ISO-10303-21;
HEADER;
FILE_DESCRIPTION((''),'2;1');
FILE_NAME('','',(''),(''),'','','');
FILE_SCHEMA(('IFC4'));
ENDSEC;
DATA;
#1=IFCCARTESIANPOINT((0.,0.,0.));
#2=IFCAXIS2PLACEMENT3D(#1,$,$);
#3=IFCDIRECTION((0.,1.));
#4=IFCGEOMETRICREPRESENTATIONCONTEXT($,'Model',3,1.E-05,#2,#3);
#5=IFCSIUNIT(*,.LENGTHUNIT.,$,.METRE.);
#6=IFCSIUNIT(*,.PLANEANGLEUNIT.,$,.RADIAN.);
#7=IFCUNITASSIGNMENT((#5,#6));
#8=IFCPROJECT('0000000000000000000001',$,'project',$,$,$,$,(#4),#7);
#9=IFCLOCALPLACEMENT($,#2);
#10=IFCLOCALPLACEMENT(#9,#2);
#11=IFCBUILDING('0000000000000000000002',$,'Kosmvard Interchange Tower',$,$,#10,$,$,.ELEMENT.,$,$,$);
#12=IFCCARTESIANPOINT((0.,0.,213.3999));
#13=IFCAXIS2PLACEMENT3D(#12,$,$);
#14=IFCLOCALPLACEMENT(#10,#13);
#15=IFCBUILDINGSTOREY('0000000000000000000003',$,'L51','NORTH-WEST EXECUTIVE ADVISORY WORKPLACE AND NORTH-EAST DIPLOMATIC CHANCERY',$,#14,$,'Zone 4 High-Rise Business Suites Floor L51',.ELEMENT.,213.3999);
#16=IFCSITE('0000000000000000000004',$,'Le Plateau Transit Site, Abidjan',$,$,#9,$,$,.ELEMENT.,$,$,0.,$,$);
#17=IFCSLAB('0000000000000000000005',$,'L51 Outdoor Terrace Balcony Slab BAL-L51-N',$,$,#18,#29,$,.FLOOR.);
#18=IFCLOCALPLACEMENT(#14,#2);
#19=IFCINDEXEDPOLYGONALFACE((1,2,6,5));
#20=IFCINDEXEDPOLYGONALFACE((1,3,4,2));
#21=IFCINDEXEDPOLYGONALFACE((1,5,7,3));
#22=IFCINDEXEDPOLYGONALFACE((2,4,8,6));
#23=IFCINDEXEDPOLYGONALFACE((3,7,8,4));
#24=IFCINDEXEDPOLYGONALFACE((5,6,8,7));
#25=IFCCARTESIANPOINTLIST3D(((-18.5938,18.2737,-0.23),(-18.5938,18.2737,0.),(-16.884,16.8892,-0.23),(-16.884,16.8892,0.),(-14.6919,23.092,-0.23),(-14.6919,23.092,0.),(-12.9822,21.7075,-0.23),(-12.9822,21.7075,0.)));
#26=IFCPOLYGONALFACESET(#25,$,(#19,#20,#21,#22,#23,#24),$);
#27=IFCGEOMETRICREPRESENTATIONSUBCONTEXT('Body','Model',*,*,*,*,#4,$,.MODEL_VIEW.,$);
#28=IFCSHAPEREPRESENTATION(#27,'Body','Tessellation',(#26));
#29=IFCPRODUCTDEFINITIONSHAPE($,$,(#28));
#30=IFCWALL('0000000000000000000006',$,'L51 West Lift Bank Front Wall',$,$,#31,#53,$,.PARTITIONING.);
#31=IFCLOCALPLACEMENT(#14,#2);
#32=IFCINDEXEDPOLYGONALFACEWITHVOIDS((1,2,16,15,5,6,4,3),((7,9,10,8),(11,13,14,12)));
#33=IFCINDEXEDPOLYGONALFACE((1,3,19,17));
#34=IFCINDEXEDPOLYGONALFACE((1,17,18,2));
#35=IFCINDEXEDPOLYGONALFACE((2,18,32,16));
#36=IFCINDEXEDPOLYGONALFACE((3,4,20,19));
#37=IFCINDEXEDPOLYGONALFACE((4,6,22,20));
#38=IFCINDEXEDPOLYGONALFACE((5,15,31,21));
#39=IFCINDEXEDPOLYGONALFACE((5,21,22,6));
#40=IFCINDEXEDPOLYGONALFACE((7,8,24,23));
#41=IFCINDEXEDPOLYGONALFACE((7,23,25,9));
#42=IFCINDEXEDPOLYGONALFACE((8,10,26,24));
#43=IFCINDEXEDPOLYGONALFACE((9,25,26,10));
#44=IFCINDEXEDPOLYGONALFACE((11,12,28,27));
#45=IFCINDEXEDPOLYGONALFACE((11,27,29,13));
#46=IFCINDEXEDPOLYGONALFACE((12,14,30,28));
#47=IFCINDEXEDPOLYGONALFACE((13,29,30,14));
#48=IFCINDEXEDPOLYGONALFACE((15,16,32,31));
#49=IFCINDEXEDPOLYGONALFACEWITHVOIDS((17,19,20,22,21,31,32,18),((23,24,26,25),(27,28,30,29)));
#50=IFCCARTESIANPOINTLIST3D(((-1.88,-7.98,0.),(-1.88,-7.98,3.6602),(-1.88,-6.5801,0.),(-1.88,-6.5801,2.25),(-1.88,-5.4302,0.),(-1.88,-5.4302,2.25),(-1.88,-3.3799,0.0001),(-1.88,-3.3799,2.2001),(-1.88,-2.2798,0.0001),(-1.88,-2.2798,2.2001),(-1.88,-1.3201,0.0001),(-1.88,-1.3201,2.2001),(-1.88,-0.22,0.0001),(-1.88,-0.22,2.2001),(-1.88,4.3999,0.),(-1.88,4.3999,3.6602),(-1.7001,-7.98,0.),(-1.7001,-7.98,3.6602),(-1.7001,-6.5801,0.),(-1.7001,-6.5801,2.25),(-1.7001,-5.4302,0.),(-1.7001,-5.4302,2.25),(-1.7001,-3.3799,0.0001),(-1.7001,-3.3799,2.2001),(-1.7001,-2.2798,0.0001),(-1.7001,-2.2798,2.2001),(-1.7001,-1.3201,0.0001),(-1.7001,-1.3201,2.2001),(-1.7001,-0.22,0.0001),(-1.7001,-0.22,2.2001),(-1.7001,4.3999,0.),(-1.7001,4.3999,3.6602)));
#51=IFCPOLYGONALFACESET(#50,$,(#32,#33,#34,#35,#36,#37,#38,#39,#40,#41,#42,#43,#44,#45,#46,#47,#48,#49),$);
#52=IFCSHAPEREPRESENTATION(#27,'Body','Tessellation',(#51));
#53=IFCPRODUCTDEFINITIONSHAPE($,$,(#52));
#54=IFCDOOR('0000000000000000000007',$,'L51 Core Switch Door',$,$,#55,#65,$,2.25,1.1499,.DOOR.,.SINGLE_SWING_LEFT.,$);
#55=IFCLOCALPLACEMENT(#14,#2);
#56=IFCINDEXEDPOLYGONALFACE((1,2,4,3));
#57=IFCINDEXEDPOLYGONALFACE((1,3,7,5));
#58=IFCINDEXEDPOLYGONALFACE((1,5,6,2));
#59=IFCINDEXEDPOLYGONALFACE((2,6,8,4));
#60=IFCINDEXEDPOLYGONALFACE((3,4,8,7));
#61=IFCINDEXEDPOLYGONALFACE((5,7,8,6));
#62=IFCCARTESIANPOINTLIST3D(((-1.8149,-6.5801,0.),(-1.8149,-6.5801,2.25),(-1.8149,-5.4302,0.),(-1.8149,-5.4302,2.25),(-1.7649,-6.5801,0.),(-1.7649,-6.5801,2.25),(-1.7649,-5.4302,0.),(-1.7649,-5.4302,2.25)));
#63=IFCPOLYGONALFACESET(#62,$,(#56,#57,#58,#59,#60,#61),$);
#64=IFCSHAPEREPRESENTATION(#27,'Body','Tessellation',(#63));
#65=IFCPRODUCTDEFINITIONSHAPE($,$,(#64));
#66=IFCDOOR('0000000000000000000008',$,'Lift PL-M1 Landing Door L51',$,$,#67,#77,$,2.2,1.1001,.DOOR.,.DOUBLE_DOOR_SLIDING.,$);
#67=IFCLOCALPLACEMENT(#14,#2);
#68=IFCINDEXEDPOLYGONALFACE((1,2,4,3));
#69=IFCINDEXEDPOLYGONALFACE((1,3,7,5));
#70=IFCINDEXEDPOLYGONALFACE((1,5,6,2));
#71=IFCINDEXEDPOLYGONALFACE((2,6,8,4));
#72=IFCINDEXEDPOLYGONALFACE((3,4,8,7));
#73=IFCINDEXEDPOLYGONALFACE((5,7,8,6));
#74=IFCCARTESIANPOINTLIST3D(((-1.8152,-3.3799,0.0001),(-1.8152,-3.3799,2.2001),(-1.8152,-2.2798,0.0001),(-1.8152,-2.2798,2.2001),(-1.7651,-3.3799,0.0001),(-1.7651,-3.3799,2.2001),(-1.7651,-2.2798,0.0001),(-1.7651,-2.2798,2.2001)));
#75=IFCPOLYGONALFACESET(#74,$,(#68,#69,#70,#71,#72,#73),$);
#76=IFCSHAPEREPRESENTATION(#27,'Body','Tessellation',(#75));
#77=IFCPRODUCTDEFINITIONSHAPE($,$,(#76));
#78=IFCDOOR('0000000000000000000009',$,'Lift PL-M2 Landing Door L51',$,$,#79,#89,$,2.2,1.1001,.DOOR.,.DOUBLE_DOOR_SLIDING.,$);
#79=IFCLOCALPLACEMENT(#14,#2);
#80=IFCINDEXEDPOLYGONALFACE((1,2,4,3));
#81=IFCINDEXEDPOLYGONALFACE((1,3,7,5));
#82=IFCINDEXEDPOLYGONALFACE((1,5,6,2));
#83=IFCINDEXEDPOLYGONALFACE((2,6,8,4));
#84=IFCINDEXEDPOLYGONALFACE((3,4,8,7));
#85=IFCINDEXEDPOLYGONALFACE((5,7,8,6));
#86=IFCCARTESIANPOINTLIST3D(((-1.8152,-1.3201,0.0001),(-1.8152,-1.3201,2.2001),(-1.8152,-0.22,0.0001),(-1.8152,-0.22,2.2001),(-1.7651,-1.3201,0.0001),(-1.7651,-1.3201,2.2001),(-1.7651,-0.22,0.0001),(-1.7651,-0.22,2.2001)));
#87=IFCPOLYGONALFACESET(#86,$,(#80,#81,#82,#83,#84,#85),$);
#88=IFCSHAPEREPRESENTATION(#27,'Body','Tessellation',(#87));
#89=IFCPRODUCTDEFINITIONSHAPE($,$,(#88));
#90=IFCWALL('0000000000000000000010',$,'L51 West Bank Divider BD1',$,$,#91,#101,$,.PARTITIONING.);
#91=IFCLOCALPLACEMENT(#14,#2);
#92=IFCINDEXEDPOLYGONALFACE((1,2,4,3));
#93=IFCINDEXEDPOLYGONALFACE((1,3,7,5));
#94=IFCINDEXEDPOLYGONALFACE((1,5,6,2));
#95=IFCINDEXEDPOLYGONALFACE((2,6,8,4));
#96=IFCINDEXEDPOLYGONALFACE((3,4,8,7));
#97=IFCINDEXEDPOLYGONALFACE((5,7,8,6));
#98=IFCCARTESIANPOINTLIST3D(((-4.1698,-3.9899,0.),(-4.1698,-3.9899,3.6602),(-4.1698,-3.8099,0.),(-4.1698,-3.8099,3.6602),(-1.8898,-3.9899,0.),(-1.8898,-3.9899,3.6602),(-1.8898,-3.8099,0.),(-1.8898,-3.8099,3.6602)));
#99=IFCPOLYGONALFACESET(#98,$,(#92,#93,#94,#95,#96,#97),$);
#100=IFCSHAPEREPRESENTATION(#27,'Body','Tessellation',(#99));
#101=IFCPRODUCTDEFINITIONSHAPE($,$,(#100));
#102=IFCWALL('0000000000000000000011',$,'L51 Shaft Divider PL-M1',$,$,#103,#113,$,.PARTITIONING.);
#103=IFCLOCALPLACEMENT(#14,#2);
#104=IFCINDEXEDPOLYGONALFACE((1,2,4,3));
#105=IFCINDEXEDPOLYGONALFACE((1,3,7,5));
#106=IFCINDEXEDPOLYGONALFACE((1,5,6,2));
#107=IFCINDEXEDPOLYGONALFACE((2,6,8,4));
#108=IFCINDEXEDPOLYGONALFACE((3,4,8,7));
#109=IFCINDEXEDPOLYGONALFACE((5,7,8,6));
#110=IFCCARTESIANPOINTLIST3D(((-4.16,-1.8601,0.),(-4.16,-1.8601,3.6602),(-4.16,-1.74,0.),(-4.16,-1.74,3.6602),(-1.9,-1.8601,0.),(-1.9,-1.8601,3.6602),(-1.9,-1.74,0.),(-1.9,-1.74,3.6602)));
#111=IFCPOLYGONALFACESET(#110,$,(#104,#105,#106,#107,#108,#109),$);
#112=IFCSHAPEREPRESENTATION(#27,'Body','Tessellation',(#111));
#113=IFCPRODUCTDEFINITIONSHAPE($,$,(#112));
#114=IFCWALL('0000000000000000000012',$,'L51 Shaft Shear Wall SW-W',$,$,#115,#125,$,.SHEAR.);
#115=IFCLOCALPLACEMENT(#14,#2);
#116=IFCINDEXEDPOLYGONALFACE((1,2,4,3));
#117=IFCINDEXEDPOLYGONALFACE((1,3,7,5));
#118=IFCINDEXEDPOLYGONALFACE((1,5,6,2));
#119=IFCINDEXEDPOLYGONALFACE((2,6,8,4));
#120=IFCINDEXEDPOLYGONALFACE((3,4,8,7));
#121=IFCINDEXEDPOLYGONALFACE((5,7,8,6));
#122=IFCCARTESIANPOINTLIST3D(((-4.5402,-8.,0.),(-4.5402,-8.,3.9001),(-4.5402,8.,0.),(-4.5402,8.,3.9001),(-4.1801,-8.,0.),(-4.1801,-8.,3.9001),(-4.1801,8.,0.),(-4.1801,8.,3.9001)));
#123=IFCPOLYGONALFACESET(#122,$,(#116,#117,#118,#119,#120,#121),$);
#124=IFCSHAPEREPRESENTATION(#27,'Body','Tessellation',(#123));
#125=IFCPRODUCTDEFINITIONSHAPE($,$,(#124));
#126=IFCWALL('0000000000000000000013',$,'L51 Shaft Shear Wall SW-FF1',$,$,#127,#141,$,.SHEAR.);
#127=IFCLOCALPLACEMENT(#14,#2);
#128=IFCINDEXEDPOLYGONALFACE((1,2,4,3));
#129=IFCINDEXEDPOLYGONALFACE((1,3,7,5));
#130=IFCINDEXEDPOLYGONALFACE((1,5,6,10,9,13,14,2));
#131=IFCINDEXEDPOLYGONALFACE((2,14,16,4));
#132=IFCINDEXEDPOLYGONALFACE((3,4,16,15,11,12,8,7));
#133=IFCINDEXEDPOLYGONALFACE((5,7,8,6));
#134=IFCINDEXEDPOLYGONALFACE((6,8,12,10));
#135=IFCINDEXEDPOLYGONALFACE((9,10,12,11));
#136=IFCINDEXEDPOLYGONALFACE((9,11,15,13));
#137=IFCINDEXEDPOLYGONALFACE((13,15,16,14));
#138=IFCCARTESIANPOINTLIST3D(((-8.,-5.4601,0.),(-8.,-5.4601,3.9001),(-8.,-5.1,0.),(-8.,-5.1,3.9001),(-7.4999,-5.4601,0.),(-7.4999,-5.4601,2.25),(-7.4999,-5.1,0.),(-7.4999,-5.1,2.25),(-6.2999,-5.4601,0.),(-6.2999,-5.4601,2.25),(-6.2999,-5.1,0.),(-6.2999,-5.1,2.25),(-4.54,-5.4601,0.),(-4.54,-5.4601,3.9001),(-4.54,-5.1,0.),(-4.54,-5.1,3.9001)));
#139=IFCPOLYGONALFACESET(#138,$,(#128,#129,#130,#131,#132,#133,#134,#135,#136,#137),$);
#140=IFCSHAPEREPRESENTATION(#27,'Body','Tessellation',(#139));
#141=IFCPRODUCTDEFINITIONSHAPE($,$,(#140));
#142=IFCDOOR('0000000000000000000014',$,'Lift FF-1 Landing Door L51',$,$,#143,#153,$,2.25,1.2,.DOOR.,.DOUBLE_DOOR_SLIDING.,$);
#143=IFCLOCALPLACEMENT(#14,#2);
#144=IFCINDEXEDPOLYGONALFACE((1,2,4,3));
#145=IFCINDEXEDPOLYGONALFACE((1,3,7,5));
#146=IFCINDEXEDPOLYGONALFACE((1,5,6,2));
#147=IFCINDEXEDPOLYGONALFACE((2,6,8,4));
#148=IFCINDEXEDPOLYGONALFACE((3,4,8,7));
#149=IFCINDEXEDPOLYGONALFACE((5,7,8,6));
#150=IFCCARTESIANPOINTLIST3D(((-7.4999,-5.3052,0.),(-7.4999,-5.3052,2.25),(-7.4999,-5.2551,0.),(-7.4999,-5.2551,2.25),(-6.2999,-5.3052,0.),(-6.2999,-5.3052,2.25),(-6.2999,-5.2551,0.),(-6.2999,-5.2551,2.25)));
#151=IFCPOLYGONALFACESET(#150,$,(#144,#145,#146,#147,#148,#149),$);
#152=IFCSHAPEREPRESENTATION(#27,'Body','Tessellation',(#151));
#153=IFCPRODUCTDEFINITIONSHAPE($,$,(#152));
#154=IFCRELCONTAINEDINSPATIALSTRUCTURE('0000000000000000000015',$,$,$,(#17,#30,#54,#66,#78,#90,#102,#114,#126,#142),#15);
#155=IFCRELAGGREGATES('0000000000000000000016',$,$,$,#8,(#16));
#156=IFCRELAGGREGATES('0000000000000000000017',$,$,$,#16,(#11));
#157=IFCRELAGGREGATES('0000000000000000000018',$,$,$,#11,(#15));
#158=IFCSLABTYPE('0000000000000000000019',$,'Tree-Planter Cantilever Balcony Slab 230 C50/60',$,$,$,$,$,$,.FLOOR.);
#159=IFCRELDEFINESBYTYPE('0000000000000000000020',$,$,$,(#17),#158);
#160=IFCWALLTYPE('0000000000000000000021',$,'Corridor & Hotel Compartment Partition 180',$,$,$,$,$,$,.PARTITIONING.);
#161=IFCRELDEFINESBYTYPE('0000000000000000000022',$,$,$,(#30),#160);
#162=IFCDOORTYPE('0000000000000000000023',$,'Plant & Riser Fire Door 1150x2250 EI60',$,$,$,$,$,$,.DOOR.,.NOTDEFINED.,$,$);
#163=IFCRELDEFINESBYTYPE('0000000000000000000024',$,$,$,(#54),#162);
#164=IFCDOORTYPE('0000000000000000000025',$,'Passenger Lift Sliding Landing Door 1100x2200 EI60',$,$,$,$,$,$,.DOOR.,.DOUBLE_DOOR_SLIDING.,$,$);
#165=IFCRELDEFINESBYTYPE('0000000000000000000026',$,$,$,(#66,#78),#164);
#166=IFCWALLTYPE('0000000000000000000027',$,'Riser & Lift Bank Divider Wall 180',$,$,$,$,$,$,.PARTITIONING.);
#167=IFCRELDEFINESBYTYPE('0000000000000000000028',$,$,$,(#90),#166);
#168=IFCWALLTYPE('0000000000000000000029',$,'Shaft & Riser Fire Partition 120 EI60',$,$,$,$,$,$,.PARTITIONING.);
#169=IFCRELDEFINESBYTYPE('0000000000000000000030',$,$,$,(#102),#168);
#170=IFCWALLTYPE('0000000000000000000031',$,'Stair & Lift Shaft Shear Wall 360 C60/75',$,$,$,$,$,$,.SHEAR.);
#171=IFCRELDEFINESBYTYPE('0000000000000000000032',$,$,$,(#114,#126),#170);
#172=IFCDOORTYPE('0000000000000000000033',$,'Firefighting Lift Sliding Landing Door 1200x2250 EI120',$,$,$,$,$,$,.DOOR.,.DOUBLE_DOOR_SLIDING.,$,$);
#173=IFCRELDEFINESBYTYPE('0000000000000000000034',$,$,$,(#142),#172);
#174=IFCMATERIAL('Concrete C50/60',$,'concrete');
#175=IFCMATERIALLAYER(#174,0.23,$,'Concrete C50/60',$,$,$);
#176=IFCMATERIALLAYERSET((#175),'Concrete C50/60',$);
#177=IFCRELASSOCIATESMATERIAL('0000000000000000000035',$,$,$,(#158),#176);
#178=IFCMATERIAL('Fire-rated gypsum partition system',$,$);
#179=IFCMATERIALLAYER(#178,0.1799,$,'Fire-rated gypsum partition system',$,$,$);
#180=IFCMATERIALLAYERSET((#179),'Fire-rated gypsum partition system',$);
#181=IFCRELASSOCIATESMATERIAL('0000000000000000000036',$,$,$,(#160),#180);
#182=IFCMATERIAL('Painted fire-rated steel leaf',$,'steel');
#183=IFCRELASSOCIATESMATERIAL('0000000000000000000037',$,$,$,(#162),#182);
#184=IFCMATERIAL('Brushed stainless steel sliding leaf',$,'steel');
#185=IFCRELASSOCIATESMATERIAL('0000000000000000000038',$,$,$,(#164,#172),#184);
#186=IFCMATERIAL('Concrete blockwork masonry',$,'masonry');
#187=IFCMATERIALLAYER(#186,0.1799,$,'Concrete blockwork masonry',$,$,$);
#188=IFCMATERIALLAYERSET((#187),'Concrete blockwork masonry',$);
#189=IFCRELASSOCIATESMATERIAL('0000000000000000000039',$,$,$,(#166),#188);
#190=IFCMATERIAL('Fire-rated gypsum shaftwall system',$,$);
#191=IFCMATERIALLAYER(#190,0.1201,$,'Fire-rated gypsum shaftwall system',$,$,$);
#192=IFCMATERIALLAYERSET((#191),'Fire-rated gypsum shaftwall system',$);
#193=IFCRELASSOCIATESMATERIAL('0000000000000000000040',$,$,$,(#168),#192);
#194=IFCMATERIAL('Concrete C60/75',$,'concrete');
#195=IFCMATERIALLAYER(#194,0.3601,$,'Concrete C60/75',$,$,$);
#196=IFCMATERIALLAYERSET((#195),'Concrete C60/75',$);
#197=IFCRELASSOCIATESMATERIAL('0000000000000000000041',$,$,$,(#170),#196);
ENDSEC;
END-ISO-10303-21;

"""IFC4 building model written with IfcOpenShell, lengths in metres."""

from ifc_helpers import new_model, si_unit, direction, frame, frame_2d, origin, place, context, subcontext, project, spatial, polyline, rectangle, outline, extrude, source, transform, mapped, material, layer, layer_set, type_object, element, fill, save


model = new_model("IFC4")

# Units and contexts
model_context = context("Model", 3, precision=1e-05, world=origin(), true_north=direction((0.0, 1.0)))
body_context = subcontext(model_context, "Body", "Model", "MODEL_VIEW")
ifc_project = project(units=[si_unit("LENGTHUNIT", "METRE"), si_unit("PLANEANGLEUNIT", "RADIAN")], contexts=[model_context])

# Site, building, storey
site_placement = place(None, origin())
site = spatial("IfcSite", under=ifc_project, at=site_placement, Name="Le Plateau Transit Site, Abidjan", CompositionType="ELEMENT", RefElevation=0.0)
building_placement = place(site_placement, origin())
building = spatial("IfcBuilding", under=site, at=building_placement, Name="Kosmvard Interchange Tower", CompositionType="ELEMENT")
storey_placement = place(building_placement, frame((0.0, 0.0, 213.3999)))
storey = spatial("IfcBuildingStorey", under=building, at=storey_placement, Name="L51", Description="NORTH-WEST EXECUTIVE ADVISORY WORKPLACE AND NORTH-EAST DIPLOMATIC CHANCERY", LongName="Zone 4 High-Rise Business Suites Floor L51", CompositionType="ELEMENT", Elevation=213.3999)

# Shared definitions
ifc_material_1 = material(Name="Concrete C60/75", Category="concrete")

# Slab
ifc_material_2 = material(Name="Concrete C50/60", Category="concrete")
ifc_layer_1 = layer(ifc_material_2, 0.23, Name="Concrete C50/60")
ifc_layer_set_1 = layer_set([ifc_layer_1], Name="Concrete C50/60")
slab_type_1 = type_object("IfcSlabType", Name="Tree-Planter Cantilever Balcony Slab 230 C50/60", PredefinedType="FLOOR", material=ifc_layer_set_1)
slab_1_placement = place(storey_placement, frame((0.0, 0.0, -0.23)))
element("IfcSlab", 1, at=slab_1_placement, inside=storey, type_object=slab_type_1, Name="L51 Outdoor Terrace Balcony Slab BAL-L51-N", PredefinedType="FLOOR", context=body_context, shape_type="SweptSolid", body=[
    extrude(outline(polyline([(-16.884, 16.8892), (-12.9822, 21.7075), (-14.6919, 23.092), (-18.5938, 18.2737), (-16.884, 16.8892)])), origin(), (0.0, 0.0, 1.0), 0.23),
])

# Wall, openings, doors
ifc_material_3 = material(Name="Fire-rated gypsum partition system")
ifc_layer_2 = layer(ifc_material_3, 0.1799, Name="Fire-rated gypsum partition system")
ifc_layer_set_2 = layer_set([ifc_layer_2], Name="Fire-rated gypsum partition system")
wall_type_1 = type_object("IfcWallType", Name="Corridor & Hotel Compartment Partition 180", PredefinedType="PARTITIONING", material=ifc_layer_set_2)
wall_1_placement = place(storey_placement, frame((-1.79, -7.98, 0.0), z_axis=(0.0, 0.0, 1.0), x_axis=(0.0, 1.0, 0.0)))
wall_1 = element("IfcWall", 2, at=wall_1_placement, inside=storey, type_object=wall_type_1, Name="L51 West Lift Bank Front Wall", PredefinedType="PARTITIONING", context=body_context, shape_type="SweptSolid", body=[
    extrude(rectangle(XDim=12.3799, YDim=0.1799, at=frame_2d((6.1899, 0.0))), origin(), (0.0, 0.0, 1.0), 3.6602),
])
opening_1_placement = place(wall_1_placement, frame((4.6001, 0.0, 0.0)))
opening_1 = element("IfcOpeningElement", 3, at=opening_1_placement, cuts=wall_1, PredefinedType="OPENING", context=body_context, shape_type="SweptSolid", body=[
    extrude(rectangle(XDim=1.1001, YDim=2.2, at=frame_2d((0.55, 1.1001))), frame((0.0, 0.1001, 0.0), z_axis=(0.0, -1.0, 0.0), x_axis=(1.0, 0.0, 0.0)), (0.0, 0.0, 1.0), 0.2),
])
opening_2_placement = place(wall_1_placement, frame((6.6599, 0.0, 0.0)))
opening_2 = element("IfcOpeningElement", 4, at=opening_2_placement, cuts=wall_1, PredefinedType="OPENING", context=body_context, shape_type="SweptSolid", body=[
    extrude(rectangle(XDim=1.1001, YDim=2.2, at=frame_2d((0.55, 1.1001))), frame((0.0, 0.1001, 0.0), z_axis=(0.0, -1.0, 0.0), x_axis=(1.0, 0.0, 0.0)), (0.0, 0.0, 1.0), 0.2),
])
opening_3_placement = place(wall_1_placement, frame((1.3999, 0.0, 0.0)))
opening_3 = element("IfcOpeningElement", 5, at=opening_3_placement, cuts=wall_1, PredefinedType="OPENING", context=body_context, shape_type="SweptSolid", body=[
    extrude(rectangle(XDim=1.1499, YDim=2.25, at=frame_2d((0.575, 1.125))), frame((0.0, 0.1001, 0.0), z_axis=(0.0, -1.0, 0.0), x_axis=(1.0, 0.0, 0.0)), (0.0, 0.0, 1.0), 0.2),
])
ifc_material_4 = material(Name="Painted fire-rated steel leaf", Category="steel")
door_type_1 = type_object("IfcDoorType", Name="Plant & Riser Fire Door 1150x2250 EI60", OperationType="NOTDEFINED", PredefinedType="DOOR", material=ifc_material_4)
shared_shape_1 = source(origin(), body_context, "Body", "SweptSolid", [
    extrude(rectangle(XDim=1.1499, YDim=2.25, at=frame_2d((0.575, 1.125))), frame((0.0, 0.0249, 0.0), z_axis=(0.0, -1.0, 0.0), x_axis=(1.0, 0.0, 0.0)), (0.0, 0.0, 1.0), 0.05),
])
door_1_placement = place(opening_3_placement, origin())
door_1 = element("IfcDoor", 6, at=door_1_placement, inside=storey, type_object=door_type_1, Name="L51 Core Switch Door", OperationType="SINGLE_SWING_LEFT", OverallHeight=2.25, OverallWidth=1.1499, PredefinedType="DOOR", context=body_context, shape_type="MappedRepresentation", body=[
    mapped(shared_shape_1, transform((0.0, 0.0, 0.0), scale=1.0)),
])
fill(opening_3, door_1)
ifc_material_5 = material(Name="Brushed stainless steel sliding leaf", Category="steel")
door_type_2 = type_object("IfcDoorType", Name="Passenger Lift Sliding Landing Door 1100x2200 EI60", OperationType="DOUBLE_DOOR_SLIDING", PredefinedType="DOOR", material=ifc_material_5)
shared_shape_2 = source(origin(), body_context, "Body", "SweptSolid", [
    extrude(rectangle(XDim=1.1001, YDim=2.2, at=frame_2d((0.55, 1.1001))), frame((0.0, 0.0249, 0.0), z_axis=(0.0, -1.0, 0.0), x_axis=(1.0, 0.0, 0.0)), (0.0, 0.0, 1.0), 0.05),
])
door_2_placement = place(opening_1_placement, frame((1.1001, 0.0, 0.0), z_axis=(0.0, 0.0, 1.0), x_axis=(-1.0, 0.0, 0.0)))
door_2 = element("IfcDoor", 7, at=door_2_placement, inside=storey, type_object=door_type_2, Name="Lift PL-M1 Landing Door L51", OperationType="DOUBLE_DOOR_SLIDING", OverallHeight=2.2, OverallWidth=1.1001, PredefinedType="DOOR", context=body_context, shape_type="MappedRepresentation", body=[
    mapped(shared_shape_2, transform((0.0, 0.0, 0.0), scale=1.0)),
])
fill(opening_1, door_2)
door_3_placement = place(opening_2_placement, frame((1.1001, 0.0, 0.0), z_axis=(0.0, 0.0, 1.0), x_axis=(-1.0, 0.0, 0.0)))
door_3 = element("IfcDoor", 8, at=door_3_placement, inside=storey, type_object=door_type_2, Name="Lift PL-M2 Landing Door L51", OperationType="DOUBLE_DOOR_SLIDING", OverallHeight=2.2, OverallWidth=1.1001, PredefinedType="DOOR", context=body_context, shape_type="MappedRepresentation", body=[
    mapped(shared_shape_2, transform((0.0, 0.0, 0.0), scale=1.0)),
])
fill(opening_2, door_3)

# Walls
ifc_material_6 = material(Name="Concrete blockwork masonry", Category="masonry")
ifc_layer_3 = layer(ifc_material_6, 0.1799, Name="Concrete blockwork masonry")
ifc_layer_set_3 = layer_set([ifc_layer_3], Name="Concrete blockwork masonry")
wall_type_2 = type_object("IfcWallType", Name="Riser & Lift Bank Divider Wall 180", PredefinedType="PARTITIONING", material=ifc_layer_set_3)
wall_2_placement = place(storey_placement, frame((-4.1699, -3.8999, 0.0), z_axis=(0.0, 0.0, 1.0), x_axis=(1.0, 0.0, 0.0)))
element("IfcWall", 9, at=wall_2_placement, inside=storey, type_object=wall_type_2, Name="L51 West Bank Divider BD1", PredefinedType="PARTITIONING", context=body_context, shape_type="SweptSolid", body=[
    extrude(rectangle(XDim=2.28, YDim=0.1799, at=frame_2d((1.1401, 0.0))), origin(), (0.0, 0.0, 1.0), 3.6602),
])
ifc_material_7 = material(Name="Fire-rated gypsum shaftwall system")
ifc_layer_4 = layer(ifc_material_7, 0.1201, Name="Fire-rated gypsum shaftwall system")
ifc_layer_set_4 = layer_set([ifc_layer_4], Name="Fire-rated gypsum shaftwall system")
wall_type_3 = type_object("IfcWallType", Name="Shaft & Riser Fire Partition 120 EI60", PredefinedType="PARTITIONING", material=ifc_layer_set_4)
wall_3_placement = place(storey_placement, frame((-4.1599, -1.8, 0.0), z_axis=(0.0, 0.0, 1.0), x_axis=(1.0, 0.0, 0.0)))
element("IfcWall", 10, at=wall_3_placement, inside=storey, type_object=wall_type_3, Name="L51 Shaft Divider PL-M1", PredefinedType="PARTITIONING", context=body_context, shape_type="SweptSolid", body=[
    extrude(rectangle(XDim=2.26, YDim=0.1201, at=frame_2d((1.1299, 0.0))), origin(), (0.0, 0.0, 1.0), 3.6602),
])
ifc_layer_5 = layer(ifc_material_1, 0.3601, Name="Concrete C60/75")
ifc_layer_set_5 = layer_set([ifc_layer_5], Name="Concrete C60/75")
wall_type_4 = type_object("IfcWallType", Name="Stair & Lift Shaft Shear Wall 360 C60/75", PredefinedType="SHEAR", material=ifc_layer_set_5)
wall_4_placement = place(storey_placement, frame((-4.3601, -8.0, 0.0), z_axis=(0.0, 0.0, 1.0), x_axis=(0.0, 1.0, 0.0)))
element("IfcWall", 11, at=wall_4_placement, inside=storey, type_object=wall_type_4, Name="L51 Shaft Shear Wall SW-W", PredefinedType="SHEAR", context=body_context, shape_type="SweptSolid", body=[
    extrude(rectangle(XDim=16.0, YDim=0.3601, at=frame_2d((8.0, 0.0))), origin(), (0.0, 0.0, 1.0), 3.9001),
])

# Wall, opening, door
wall_5_placement = place(storey_placement, frame((-8.0, -5.28, 0.0), z_axis=(0.0, 0.0, 1.0), x_axis=(1.0, 0.0, 0.0)))
wall_5 = element("IfcWall", 12, at=wall_5_placement, inside=storey, type_object=wall_type_4, Name="L51 Shaft Shear Wall SW-FF1", PredefinedType="SHEAR", context=body_context, shape_type="SweptSolid", body=[
    extrude(rectangle(XDim=3.46, YDim=0.3601, at=frame_2d((1.73, 0.0))), origin(), (0.0, 0.0, 1.0), 3.9001),
])
opening_4_placement = place(wall_5_placement, frame((0.5, 0.0, 0.0)))
opening_4 = element("IfcOpeningElement", 13, at=opening_4_placement, cuts=wall_5, PredefinedType="OPENING", context=body_context, shape_type="SweptSolid", body=[
    extrude(rectangle(XDim=1.2, YDim=2.25, at=frame_2d((0.6001, 1.125))), frame((0.0, 0.1899, 0.0), z_axis=(0.0, -1.0, 0.0), x_axis=(1.0, 0.0, 0.0)), (0.0, 0.0, 1.0), 0.3801),
])
door_type_3 = type_object("IfcDoorType", Name="Firefighting Lift Sliding Landing Door 1200x2250 EI120", OperationType="DOUBLE_DOOR_SLIDING", PredefinedType="DOOR", material=ifc_material_5)
shared_shape_3 = source(origin(), body_context, "Body", "SweptSolid", [
    extrude(rectangle(XDim=1.2, YDim=2.25, at=frame_2d((0.6001, 1.125))), frame((0.0, 0.0249, 0.0), z_axis=(0.0, -1.0, 0.0), x_axis=(1.0, 0.0, 0.0)), (0.0, 0.0, 1.0), 0.05),
])
door_4_placement = place(opening_4_placement, origin())
door_4 = element("IfcDoor", 14, at=door_4_placement, inside=storey, type_object=door_type_3, Name="Lift FF-1 Landing Door L51", OperationType="DOUBLE_DOOR_SLIDING", OverallHeight=2.25, OverallWidth=1.2, PredefinedType="DOOR", context=body_context, shape_type="MappedRepresentation", body=[
    mapped(shared_shape_3, transform((0.0, 0.0, 0.0), scale=1.0)),
])
fill(opening_4, door_4)

save(model, "model.ifc")
